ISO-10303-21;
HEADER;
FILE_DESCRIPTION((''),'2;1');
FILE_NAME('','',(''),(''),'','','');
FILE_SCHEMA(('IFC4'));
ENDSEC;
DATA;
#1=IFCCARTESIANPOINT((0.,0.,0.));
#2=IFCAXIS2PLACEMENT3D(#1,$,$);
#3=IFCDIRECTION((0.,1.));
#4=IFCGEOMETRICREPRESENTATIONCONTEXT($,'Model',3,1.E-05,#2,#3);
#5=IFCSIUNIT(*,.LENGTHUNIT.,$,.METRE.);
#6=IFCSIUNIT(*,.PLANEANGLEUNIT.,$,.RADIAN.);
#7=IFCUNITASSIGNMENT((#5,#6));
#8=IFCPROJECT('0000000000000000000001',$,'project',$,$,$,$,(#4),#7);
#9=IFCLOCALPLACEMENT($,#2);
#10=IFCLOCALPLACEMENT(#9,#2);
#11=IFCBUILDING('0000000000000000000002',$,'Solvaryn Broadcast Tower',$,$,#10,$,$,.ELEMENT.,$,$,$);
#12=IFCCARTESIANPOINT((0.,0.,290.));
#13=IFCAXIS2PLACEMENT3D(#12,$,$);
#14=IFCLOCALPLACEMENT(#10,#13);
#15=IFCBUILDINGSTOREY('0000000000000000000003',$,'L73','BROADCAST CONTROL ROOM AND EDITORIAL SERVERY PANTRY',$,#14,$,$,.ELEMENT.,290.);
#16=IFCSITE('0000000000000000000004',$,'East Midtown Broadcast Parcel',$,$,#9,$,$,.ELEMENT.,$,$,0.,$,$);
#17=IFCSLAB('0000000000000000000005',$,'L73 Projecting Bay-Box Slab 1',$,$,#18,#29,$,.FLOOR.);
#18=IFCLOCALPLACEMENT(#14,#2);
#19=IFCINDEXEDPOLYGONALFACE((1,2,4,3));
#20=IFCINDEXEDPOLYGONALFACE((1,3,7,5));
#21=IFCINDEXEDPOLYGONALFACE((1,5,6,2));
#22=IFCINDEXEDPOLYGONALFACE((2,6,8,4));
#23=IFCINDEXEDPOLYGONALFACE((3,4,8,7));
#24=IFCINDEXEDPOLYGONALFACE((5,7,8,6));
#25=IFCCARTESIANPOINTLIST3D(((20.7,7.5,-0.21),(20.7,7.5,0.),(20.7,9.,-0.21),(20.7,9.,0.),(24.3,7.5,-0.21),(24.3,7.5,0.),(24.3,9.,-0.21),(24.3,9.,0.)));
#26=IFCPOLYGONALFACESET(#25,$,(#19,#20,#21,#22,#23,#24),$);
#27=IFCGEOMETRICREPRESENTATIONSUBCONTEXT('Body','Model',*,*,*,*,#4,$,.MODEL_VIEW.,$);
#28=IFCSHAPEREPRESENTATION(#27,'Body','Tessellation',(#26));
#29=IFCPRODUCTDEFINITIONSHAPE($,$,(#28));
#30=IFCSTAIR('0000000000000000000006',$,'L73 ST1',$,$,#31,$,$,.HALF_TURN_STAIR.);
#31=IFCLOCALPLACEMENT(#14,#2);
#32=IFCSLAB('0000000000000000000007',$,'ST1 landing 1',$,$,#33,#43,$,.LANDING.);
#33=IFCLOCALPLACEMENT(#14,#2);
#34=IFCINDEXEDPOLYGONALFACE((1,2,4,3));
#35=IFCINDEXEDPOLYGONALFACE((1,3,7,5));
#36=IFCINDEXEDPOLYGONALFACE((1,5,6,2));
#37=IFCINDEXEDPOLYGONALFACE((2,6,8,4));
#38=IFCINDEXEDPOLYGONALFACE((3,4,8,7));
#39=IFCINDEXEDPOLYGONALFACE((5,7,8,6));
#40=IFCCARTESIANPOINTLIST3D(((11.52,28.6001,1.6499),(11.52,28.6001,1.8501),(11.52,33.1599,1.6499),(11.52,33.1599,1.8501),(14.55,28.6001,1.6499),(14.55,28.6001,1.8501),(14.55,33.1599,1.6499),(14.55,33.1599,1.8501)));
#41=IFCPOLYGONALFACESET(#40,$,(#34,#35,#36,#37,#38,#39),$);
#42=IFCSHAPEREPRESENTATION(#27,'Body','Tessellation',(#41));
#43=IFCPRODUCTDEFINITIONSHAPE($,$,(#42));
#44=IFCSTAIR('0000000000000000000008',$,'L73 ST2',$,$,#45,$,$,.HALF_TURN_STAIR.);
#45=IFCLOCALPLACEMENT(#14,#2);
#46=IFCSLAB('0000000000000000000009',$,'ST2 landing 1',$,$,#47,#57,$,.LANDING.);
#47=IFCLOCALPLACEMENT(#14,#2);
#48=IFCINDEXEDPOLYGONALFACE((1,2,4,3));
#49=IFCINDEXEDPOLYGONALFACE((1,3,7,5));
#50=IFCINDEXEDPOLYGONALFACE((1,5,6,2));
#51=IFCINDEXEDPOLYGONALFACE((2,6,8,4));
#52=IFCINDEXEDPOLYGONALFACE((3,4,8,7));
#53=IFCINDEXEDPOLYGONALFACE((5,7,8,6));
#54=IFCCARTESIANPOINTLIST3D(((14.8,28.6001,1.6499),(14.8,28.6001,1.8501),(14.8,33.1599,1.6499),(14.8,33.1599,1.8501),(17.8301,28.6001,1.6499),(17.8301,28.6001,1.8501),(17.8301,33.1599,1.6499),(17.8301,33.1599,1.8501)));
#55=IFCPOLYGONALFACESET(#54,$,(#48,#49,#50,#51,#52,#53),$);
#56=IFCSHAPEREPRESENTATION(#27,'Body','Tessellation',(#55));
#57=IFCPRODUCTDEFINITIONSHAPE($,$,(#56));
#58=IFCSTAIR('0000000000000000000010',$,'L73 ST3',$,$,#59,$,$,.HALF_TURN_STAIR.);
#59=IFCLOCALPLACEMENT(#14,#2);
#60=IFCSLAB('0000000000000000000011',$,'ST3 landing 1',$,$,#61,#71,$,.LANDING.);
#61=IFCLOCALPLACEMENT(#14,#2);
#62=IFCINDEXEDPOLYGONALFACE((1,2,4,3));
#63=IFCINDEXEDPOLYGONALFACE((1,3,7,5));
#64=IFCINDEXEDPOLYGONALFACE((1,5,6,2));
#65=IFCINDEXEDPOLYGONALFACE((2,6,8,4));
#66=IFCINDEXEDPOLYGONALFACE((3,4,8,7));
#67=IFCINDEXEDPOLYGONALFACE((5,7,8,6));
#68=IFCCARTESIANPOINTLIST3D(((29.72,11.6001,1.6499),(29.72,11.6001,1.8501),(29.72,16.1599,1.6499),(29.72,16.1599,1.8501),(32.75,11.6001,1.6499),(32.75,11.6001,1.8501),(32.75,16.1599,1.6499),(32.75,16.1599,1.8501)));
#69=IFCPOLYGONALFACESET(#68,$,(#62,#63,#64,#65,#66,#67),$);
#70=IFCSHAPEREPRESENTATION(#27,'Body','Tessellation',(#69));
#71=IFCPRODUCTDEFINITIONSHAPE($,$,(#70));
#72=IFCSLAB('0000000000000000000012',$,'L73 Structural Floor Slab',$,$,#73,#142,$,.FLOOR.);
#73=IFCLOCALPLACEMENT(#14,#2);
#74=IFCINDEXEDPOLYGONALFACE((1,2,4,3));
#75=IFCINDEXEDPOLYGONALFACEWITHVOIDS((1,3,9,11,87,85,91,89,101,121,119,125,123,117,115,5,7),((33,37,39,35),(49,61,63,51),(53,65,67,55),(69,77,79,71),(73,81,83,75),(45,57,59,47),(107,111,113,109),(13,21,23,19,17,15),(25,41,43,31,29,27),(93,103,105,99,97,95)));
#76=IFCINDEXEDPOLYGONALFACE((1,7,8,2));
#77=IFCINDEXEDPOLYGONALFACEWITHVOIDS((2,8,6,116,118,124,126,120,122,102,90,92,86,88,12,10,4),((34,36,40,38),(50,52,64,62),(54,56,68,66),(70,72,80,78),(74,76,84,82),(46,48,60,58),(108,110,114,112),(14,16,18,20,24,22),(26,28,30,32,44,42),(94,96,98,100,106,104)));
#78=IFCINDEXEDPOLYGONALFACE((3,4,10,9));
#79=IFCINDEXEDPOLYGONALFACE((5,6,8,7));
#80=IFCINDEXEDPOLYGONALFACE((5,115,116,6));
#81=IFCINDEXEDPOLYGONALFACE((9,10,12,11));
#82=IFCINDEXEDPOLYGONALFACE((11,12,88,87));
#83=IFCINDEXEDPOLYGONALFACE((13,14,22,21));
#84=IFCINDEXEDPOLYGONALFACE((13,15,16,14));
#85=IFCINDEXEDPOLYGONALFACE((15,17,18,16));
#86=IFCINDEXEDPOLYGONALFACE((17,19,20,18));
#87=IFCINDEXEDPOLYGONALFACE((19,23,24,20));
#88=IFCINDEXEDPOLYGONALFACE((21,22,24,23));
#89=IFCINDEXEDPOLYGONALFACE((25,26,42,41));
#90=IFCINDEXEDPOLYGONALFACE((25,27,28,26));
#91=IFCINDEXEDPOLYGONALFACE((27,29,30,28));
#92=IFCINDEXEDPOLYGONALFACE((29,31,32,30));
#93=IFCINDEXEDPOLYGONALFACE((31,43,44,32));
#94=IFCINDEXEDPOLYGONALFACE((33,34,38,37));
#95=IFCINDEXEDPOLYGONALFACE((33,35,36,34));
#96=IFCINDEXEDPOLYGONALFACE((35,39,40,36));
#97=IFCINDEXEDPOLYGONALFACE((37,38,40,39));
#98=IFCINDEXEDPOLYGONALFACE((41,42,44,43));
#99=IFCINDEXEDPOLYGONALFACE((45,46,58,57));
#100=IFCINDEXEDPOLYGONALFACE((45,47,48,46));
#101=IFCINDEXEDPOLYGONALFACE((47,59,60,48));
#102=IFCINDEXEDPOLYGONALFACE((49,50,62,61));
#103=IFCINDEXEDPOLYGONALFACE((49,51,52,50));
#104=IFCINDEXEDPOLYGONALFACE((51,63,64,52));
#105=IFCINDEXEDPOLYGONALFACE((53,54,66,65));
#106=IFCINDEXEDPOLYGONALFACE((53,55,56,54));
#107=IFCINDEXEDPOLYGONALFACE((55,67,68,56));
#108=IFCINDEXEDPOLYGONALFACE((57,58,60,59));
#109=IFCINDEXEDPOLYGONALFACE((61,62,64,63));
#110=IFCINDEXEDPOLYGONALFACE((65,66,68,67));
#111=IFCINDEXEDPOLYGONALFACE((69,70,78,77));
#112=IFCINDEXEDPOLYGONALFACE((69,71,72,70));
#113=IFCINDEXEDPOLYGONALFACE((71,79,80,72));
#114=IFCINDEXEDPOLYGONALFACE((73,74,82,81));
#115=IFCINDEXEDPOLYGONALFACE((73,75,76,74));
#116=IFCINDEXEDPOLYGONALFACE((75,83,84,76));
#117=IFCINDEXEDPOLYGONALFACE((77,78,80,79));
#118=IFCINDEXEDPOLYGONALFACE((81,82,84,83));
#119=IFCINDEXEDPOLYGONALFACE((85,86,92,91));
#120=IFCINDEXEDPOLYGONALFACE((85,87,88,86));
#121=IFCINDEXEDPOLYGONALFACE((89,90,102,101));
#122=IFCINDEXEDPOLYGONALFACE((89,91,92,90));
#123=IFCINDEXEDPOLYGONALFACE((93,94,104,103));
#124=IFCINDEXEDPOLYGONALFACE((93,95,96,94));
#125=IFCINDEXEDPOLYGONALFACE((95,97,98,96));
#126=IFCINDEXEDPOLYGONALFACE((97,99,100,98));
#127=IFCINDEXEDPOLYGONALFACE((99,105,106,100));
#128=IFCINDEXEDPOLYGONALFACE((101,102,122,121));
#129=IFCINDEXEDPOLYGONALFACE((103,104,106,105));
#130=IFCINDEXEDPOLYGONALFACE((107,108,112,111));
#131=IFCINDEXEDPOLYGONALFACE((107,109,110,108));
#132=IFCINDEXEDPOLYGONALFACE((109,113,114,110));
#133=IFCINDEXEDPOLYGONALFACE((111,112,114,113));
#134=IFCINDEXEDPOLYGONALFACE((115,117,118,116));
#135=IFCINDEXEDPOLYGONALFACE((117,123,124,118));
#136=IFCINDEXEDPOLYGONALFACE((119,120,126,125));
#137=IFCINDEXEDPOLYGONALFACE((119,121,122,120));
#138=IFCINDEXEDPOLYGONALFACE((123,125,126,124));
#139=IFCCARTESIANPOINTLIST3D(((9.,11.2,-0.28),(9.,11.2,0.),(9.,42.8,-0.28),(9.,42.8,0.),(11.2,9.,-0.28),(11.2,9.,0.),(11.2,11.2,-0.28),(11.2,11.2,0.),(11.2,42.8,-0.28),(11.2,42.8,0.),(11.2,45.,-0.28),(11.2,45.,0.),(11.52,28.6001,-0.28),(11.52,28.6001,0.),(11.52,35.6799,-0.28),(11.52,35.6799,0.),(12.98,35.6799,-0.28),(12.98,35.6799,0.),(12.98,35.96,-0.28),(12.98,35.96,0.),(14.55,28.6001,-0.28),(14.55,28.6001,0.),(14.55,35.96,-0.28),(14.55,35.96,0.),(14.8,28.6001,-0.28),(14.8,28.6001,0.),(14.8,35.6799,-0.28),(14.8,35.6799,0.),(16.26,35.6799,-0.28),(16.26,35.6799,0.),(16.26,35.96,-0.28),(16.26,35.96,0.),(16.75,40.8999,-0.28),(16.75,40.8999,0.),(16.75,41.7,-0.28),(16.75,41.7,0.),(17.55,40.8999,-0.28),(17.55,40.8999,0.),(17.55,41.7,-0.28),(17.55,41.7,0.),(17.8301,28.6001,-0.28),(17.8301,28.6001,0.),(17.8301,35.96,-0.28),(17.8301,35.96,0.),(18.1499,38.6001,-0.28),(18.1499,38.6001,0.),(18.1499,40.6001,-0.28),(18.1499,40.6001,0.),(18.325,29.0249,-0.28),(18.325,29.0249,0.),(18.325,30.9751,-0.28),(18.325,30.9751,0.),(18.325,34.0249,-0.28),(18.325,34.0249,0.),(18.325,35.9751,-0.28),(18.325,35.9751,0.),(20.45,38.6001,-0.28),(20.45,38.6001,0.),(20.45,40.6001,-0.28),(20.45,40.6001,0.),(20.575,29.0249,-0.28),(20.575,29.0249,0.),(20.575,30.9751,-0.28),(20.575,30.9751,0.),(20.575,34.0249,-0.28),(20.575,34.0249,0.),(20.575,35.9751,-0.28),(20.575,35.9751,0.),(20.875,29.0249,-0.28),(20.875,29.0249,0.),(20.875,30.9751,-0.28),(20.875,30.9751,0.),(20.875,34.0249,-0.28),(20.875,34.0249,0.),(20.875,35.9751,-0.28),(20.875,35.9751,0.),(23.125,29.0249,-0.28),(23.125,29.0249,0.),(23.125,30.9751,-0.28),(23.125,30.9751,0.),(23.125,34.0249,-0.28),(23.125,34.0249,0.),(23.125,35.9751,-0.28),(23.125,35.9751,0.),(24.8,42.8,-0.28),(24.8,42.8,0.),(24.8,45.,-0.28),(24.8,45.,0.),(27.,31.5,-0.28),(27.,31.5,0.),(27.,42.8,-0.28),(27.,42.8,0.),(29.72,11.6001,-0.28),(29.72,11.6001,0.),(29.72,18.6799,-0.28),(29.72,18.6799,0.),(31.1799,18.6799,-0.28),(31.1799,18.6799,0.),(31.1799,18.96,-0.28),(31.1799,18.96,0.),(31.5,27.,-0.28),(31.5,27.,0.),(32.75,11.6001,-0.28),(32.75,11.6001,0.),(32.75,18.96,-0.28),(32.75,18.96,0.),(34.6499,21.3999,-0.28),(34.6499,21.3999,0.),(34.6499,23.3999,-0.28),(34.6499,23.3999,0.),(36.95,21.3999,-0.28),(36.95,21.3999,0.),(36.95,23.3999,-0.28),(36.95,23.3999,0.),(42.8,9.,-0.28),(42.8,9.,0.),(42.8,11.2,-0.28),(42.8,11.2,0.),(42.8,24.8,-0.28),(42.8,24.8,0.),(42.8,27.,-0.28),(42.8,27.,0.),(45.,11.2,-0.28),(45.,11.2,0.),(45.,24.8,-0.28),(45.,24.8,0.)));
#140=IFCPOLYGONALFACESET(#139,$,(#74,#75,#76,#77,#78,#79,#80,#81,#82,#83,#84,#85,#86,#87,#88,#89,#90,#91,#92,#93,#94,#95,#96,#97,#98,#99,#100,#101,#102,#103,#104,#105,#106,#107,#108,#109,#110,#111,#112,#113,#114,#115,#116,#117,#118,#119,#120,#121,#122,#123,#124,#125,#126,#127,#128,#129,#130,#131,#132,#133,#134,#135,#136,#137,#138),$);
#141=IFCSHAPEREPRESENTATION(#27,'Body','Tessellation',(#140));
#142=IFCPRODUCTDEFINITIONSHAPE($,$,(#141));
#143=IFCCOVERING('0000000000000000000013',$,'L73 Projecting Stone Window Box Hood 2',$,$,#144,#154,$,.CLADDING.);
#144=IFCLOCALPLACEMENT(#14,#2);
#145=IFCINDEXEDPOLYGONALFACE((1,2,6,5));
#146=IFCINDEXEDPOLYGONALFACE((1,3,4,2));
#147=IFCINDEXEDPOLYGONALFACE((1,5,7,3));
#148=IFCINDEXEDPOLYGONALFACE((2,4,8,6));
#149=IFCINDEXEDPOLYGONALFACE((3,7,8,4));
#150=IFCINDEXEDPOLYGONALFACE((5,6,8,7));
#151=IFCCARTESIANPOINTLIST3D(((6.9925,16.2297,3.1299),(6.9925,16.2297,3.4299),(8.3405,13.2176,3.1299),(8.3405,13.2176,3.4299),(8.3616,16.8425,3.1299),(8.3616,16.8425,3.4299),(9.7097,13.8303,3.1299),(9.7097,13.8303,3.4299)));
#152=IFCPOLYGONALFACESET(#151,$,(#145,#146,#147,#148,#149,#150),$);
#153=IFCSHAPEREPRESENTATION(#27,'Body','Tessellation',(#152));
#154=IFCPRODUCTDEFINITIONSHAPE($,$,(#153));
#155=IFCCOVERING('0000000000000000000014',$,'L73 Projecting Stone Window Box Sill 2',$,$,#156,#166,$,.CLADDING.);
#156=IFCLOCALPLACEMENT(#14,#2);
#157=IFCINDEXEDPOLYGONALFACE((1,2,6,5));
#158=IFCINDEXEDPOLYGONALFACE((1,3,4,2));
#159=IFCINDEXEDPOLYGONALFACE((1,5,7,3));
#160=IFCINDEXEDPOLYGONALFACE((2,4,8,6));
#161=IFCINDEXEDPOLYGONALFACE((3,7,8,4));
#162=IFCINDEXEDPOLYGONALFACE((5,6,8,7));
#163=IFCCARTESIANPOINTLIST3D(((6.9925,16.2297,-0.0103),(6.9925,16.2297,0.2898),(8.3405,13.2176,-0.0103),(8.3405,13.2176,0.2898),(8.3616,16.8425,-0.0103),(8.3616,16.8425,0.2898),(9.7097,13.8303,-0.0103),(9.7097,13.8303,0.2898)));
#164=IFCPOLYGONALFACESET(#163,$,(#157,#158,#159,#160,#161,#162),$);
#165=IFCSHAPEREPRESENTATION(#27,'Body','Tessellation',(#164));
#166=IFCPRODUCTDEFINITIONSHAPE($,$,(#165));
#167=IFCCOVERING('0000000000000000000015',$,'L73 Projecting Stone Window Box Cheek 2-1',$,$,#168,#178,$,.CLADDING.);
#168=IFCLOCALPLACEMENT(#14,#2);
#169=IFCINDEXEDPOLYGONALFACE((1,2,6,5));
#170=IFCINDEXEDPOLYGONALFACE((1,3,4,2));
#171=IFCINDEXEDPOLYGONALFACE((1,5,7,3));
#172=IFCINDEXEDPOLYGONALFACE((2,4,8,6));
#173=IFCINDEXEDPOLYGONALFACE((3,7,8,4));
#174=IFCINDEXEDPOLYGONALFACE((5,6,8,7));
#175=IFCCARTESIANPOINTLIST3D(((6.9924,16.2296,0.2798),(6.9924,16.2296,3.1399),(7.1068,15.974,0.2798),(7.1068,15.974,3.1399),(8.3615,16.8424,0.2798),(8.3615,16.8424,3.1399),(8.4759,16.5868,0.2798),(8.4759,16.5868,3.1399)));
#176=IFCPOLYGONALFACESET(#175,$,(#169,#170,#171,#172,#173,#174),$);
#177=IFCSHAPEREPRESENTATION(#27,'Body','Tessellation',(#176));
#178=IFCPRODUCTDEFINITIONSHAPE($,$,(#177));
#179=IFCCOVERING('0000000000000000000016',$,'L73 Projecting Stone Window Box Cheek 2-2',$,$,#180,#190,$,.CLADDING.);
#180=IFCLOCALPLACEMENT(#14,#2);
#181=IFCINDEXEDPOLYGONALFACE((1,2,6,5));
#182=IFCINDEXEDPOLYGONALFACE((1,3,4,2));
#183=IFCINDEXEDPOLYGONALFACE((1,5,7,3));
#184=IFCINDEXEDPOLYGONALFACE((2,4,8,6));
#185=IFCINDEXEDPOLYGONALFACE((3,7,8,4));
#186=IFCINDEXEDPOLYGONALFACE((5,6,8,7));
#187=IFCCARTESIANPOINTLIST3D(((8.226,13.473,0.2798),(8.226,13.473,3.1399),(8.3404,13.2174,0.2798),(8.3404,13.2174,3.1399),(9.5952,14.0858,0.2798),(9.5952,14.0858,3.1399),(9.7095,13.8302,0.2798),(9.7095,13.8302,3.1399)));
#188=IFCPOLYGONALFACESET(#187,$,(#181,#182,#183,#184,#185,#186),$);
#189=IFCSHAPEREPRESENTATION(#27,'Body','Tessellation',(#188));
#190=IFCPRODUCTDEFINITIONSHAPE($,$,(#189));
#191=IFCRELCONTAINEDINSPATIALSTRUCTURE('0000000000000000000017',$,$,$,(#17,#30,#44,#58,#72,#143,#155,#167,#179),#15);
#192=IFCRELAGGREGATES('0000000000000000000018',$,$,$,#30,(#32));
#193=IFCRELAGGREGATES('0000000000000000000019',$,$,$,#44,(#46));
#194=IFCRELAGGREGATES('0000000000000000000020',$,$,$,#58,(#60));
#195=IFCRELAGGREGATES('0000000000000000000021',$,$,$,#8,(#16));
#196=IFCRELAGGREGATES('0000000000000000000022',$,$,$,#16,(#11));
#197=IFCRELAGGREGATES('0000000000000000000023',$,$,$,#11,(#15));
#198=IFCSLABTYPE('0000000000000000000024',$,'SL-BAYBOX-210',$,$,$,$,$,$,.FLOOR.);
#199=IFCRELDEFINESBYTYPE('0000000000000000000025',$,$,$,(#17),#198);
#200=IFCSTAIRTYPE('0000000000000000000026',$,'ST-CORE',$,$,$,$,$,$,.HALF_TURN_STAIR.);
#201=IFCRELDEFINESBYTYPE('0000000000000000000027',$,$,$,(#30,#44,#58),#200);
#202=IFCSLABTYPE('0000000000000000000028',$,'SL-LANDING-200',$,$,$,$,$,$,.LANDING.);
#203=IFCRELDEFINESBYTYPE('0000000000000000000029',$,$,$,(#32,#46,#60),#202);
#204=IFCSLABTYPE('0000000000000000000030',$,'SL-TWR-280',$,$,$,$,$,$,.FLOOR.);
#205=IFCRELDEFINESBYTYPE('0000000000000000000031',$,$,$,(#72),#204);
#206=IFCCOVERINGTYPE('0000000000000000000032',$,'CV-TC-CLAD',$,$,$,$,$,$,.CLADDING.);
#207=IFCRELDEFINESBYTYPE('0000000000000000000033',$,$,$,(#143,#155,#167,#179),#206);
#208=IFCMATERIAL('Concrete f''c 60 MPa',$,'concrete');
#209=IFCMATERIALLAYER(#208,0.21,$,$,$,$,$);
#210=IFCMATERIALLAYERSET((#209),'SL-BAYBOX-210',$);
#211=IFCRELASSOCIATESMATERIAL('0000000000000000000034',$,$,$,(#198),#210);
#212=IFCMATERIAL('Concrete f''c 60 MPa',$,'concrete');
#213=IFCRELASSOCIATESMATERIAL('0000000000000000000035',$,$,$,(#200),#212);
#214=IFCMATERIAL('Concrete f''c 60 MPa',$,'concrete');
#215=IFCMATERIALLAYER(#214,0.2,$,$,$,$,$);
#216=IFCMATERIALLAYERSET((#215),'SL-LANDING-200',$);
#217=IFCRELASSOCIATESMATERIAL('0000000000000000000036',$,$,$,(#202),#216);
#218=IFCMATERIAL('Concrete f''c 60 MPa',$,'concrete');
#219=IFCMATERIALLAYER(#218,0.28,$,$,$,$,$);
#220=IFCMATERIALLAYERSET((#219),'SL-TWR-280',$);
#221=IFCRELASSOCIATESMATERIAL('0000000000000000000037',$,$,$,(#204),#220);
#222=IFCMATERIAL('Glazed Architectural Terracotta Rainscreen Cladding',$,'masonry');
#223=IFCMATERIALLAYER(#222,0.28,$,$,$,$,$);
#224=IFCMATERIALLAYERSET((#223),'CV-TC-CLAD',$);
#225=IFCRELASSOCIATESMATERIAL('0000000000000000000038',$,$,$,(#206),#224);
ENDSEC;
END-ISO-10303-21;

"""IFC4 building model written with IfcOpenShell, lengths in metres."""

from ifc_helpers import new_model, si_unit, direction, frame, origin, origin_2d, place, context, subcontext, project, spatial, polyline, rectangle, outline, extrude, material, layer, layer_set, type_object, element, aggregate, save


model = new_model("IFC4")

# Units and contexts
model_context = context("Model", 3, precision=1e-05, world=origin(), true_north=direction((0.0, 1.0)))
body_context = subcontext(model_context, "Body", "Model", "MODEL_VIEW")
ifc_project = project(units=[si_unit("LENGTHUNIT", "METRE"), si_unit("PLANEANGLEUNIT", "RADIAN")], contexts=[model_context])

# Site, building, storey
site_placement = place(None, origin())
site = spatial("IfcSite", under=ifc_project, at=site_placement, Name="East Midtown Broadcast Parcel", CompositionType="ELEMENT", RefElevation=0.0)
building_placement = place(site_placement, origin())
building = spatial("IfcBuilding", under=site, at=building_placement, Name="Solvaryn Broadcast Tower", CompositionType="ELEMENT")
storey_placement = place(building_placement, frame((0.0, 0.0, 290.0)))
storey = spatial("IfcBuildingStorey", under=building, at=storey_placement, Name="L73", Description="BROADCAST CONTROL ROOM AND EDITORIAL SERVERY PANTRY", CompositionType="ELEMENT", Elevation=290.0)

# Slab
ifc_material_1 = material(Name="Concrete f'c 60 MPa", Category="concrete")
ifc_layer_1 = layer(ifc_material_1, 0.21)
ifc_layer_set_1 = layer_set([ifc_layer_1], Name="SL-BAYBOX-210")
slab_type_1 = type_object("IfcSlabType", Name="SL-BAYBOX-210", PredefinedType="FLOOR", material=ifc_layer_set_1)
slab_1_placement = place(storey_placement, frame((0.0, 0.0, -0.21)))
element("IfcSlab", 1, at=slab_1_placement, inside=storey, type_object=slab_type_1, Name="L73 Projecting Bay-Box Slab 1", PredefinedType="FLOOR", context=body_context, shape_type="SweptSolid", body=[
    extrude(outline(polyline([(20.7, 7.5), (24.3, 7.5), (24.3, 9.0), (20.7, 9.0), (20.7, 7.5)])), origin(), (0.0, 0.0, 1.0), 0.21),
])

# Stairs, slabs
ifc_material_2 = material(Name="Concrete f'c 60 MPa", Category="concrete")
stair_type = type_object("IfcStairType", Name="ST-CORE", PredefinedType="HALF_TURN_STAIR", material=ifc_material_2)
stair_1_placement = place(storey_placement, origin())
stair_1 = element("IfcStair", 2, at=stair_1_placement, inside=storey, type_object=stair_type, Name="L73 ST1", PredefinedType="HALF_TURN_STAIR")
ifc_material_3 = material(Name="Concrete f'c 60 MPa", Category="concrete")
ifc_layer_2 = layer(ifc_material_3, 0.2)
ifc_layer_set_2 = layer_set([ifc_layer_2], Name="SL-LANDING-200")
slab_type_2 = type_object("IfcSlabType", Name="SL-LANDING-200", PredefinedType="LANDING", material=ifc_layer_set_2)
slab_2_placement = place(storey_placement, frame((0.0, 0.0, 1.6499)))
slab_2 = element("IfcSlab", 3, at=slab_2_placement, type_object=slab_type_2, Name="ST1 landing 1", PredefinedType="LANDING", context=body_context, shape_type="SweptSolid", body=[
    extrude(outline(polyline([(11.52, 33.1599), (11.52, 28.6001), (14.55, 28.6001), (14.55, 33.1599), (11.52, 33.1599)])), origin(), (0.0, 0.0, 1.0), 0.2002),
])
aggregate(stair_1, [slab_2])
stair_2_placement = place(storey_placement, origin())
stair_2 = element("IfcStair", 4, at=stair_2_placement, inside=storey, type_object=stair_type, Name="L73 ST2", PredefinedType="HALF_TURN_STAIR")
slab_3_placement = place(storey_placement, frame((0.0, 0.0, 1.6499)))
slab_3 = element("IfcSlab", 5, at=slab_3_placement, type_object=slab_type_2, Name="ST2 landing 1", PredefinedType="LANDING", context=body_context, shape_type="SweptSolid", body=[
    extrude(outline(polyline([(14.8, 33.1599), (14.8, 28.6001), (17.8301, 28.6001), (17.8301, 33.1599), (14.8, 33.1599)])), origin(), (0.0, 0.0, 1.0), 0.2002),
])
aggregate(stair_2, [slab_3])
stair_3_placement = place(storey_placement, origin())
stair_3 = element("IfcStair", 6, at=stair_3_placement, inside=storey, type_object=stair_type, Name="L73 ST3", PredefinedType="HALF_TURN_STAIR")
slab_4_placement = place(storey_placement, frame((0.0, 0.0, 1.6499)))
slab_4 = element("IfcSlab", 7, at=slab_4_placement, type_object=slab_type_2, Name="ST3 landing 1", PredefinedType="LANDING", context=body_context, shape_type="SweptSolid", body=[
    extrude(outline(polyline([(29.72, 16.1599), (29.72, 11.6001), (32.75, 11.6001), (32.75, 16.1599), (29.72, 16.1599)])), origin(), (0.0, 0.0, 1.0), 0.2002),
])
aggregate(stair_3, [slab_4])

# Slab
ifc_material_4 = material(Name="Concrete f'c 60 MPa", Category="concrete")
ifc_layer_3 = layer(ifc_material_4, 0.28)
ifc_layer_set_3 = layer_set([ifc_layer_3], Name="SL-TWR-280")
slab_type_3 = type_object("IfcSlabType", Name="SL-TWR-280", PredefinedType="FLOOR", material=ifc_layer_set_3)
slab_5_placement = place(storey_placement, frame((0.0, 0.0, -0.28)))
element("IfcSlab", 8, at=slab_5_placement, inside=storey, type_object=slab_type_3, Name="L73 Structural Floor Slab", PredefinedType="FLOOR", context=body_context, shape_type="SweptSolid", body=[
    extrude(outline(polyline([(11.2, 9.0), (42.8, 9.0), (42.8, 11.2), (45.0, 11.2), (45.0, 24.8), (42.8, 24.8), (42.8, 27.0), (31.5, 27.0), (27.0, 31.5), (27.0, 42.8), (24.8, 42.8), (24.8, 45.0), (11.2, 45.0), (11.2, 42.8), (9.0, 42.8), (9.0, 11.2), (11.2, 11.2), (11.2, 9.0)]), holes=[polyline([(11.52, 28.6001), (14.55, 28.6001), (14.55, 35.96), (12.98, 35.96), (12.98, 35.6799), (11.52, 35.6799), (11.52, 28.6001)]), polyline([(14.8, 28.6001), (17.8301, 28.6001), (17.8301, 35.96), (16.26, 35.96), (16.26, 35.6799), (14.8, 35.6799), (14.8, 28.6001)]), polyline([(29.72, 11.6001), (32.75, 11.6001), (32.75, 18.96), (31.1799, 18.96), (31.1799, 18.6799), (29.72, 18.6799), (29.72, 11.6001)]), polyline([(18.1499, 38.6001), (20.45, 38.6001), (20.45, 40.6001), (18.1499, 40.6001), (18.1499, 38.6001)]), polyline([(18.325, 29.0249), (20.575, 29.0249), (20.575, 30.9751), (18.325, 30.9751), (18.325, 29.0249)]), polyline([(20.875, 29.0249), (23.125, 29.0249), (23.125, 30.9751), (20.875, 30.9751), (20.875, 29.0249)]), polyline([(18.325, 34.0249), (20.575, 34.0249), (20.575, 35.9751), (18.325, 35.9751), (18.325, 34.0249)]), polyline([(20.875, 34.0249), (23.125, 34.0249), (23.125, 35.9751), (20.875, 35.9751), (20.875, 34.0249)]), polyline([(34.6499, 21.3999), (36.95, 21.3999), (36.95, 23.3999), (34.6499, 23.3999), (34.6499, 21.3999)]), polyline([(16.75, 40.8999), (17.55, 40.8999), (17.55, 41.7), (16.75, 41.7), (16.75, 40.8999)])]), origin(), (0.0, 0.0, 1.0), 0.28),
])

# Coverings
ifc_material_5 = material(Name="Glazed Architectural Terracotta Rainscreen Cladding", Category="masonry")
ifc_layer_4 = layer(ifc_material_5, 0.28)
ifc_layer_set_4 = layer_set([ifc_layer_4], Name="CV-TC-CLAD")
covering_type_1 = type_object("IfcCoveringType", Name="CV-TC-CLAD", PredefinedType="CLADDING", material=ifc_layer_set_4)
for number, where, z_axis, x_axis, name in (
    (9, (8.3511, 15.03, 3.1299), (0.0, 0.0, 1.0), (0.40849, -0.912763, 0.0), "L73 Projecting Stone Window Box Hood 2"),
    (10, (8.3511, 15.03, -0.0103), (0.0, 0.0, 1.0), (0.40849, -0.912763, 0.0), "L73 Projecting Stone Window Box Sill 2"),
):
    element("IfcCovering", number, at=place(storey_placement, frame(where, z_axis=z_axis, x_axis=x_axis)), inside=storey, type_object=covering_type_1, Name=name, PredefinedType="CLADDING", context=body_context, shape_type="SweptSolid", body=[
        extrude(rectangle(XDim=3.3, YDim=1.5, at=origin_2d()), origin(), (0.0, 0.0, 1.0), 0.3),
    ])
for number, where, z_axis, x_axis, name in (
    (11, (7.7341, 16.4082, 0.2798), (0.0, 0.0, 1.0), (0.40849, -0.912763, 0.0), "L73 Projecting Stone Window Box Cheek 2-1"),
    (12, (8.9678, 13.6516, 0.2798), (0.0, 0.0, 1.0), (0.40849, -0.912763, 0.0), "L73 Projecting Stone Window Box Cheek 2-2"),
):
    element("IfcCovering", number, at=place(storey_placement, frame(where, z_axis=z_axis, x_axis=x_axis)), inside=storey, type_object=covering_type_1, Name=name, PredefinedType="CLADDING", context=body_context, shape_type="SweptSolid", body=[
        extrude(rectangle(XDim=0.28, YDim=1.5, at=origin_2d()), origin(), (0.0, 0.0, 1.0), 2.8601),
    ])

save(model, "model.ifc")
